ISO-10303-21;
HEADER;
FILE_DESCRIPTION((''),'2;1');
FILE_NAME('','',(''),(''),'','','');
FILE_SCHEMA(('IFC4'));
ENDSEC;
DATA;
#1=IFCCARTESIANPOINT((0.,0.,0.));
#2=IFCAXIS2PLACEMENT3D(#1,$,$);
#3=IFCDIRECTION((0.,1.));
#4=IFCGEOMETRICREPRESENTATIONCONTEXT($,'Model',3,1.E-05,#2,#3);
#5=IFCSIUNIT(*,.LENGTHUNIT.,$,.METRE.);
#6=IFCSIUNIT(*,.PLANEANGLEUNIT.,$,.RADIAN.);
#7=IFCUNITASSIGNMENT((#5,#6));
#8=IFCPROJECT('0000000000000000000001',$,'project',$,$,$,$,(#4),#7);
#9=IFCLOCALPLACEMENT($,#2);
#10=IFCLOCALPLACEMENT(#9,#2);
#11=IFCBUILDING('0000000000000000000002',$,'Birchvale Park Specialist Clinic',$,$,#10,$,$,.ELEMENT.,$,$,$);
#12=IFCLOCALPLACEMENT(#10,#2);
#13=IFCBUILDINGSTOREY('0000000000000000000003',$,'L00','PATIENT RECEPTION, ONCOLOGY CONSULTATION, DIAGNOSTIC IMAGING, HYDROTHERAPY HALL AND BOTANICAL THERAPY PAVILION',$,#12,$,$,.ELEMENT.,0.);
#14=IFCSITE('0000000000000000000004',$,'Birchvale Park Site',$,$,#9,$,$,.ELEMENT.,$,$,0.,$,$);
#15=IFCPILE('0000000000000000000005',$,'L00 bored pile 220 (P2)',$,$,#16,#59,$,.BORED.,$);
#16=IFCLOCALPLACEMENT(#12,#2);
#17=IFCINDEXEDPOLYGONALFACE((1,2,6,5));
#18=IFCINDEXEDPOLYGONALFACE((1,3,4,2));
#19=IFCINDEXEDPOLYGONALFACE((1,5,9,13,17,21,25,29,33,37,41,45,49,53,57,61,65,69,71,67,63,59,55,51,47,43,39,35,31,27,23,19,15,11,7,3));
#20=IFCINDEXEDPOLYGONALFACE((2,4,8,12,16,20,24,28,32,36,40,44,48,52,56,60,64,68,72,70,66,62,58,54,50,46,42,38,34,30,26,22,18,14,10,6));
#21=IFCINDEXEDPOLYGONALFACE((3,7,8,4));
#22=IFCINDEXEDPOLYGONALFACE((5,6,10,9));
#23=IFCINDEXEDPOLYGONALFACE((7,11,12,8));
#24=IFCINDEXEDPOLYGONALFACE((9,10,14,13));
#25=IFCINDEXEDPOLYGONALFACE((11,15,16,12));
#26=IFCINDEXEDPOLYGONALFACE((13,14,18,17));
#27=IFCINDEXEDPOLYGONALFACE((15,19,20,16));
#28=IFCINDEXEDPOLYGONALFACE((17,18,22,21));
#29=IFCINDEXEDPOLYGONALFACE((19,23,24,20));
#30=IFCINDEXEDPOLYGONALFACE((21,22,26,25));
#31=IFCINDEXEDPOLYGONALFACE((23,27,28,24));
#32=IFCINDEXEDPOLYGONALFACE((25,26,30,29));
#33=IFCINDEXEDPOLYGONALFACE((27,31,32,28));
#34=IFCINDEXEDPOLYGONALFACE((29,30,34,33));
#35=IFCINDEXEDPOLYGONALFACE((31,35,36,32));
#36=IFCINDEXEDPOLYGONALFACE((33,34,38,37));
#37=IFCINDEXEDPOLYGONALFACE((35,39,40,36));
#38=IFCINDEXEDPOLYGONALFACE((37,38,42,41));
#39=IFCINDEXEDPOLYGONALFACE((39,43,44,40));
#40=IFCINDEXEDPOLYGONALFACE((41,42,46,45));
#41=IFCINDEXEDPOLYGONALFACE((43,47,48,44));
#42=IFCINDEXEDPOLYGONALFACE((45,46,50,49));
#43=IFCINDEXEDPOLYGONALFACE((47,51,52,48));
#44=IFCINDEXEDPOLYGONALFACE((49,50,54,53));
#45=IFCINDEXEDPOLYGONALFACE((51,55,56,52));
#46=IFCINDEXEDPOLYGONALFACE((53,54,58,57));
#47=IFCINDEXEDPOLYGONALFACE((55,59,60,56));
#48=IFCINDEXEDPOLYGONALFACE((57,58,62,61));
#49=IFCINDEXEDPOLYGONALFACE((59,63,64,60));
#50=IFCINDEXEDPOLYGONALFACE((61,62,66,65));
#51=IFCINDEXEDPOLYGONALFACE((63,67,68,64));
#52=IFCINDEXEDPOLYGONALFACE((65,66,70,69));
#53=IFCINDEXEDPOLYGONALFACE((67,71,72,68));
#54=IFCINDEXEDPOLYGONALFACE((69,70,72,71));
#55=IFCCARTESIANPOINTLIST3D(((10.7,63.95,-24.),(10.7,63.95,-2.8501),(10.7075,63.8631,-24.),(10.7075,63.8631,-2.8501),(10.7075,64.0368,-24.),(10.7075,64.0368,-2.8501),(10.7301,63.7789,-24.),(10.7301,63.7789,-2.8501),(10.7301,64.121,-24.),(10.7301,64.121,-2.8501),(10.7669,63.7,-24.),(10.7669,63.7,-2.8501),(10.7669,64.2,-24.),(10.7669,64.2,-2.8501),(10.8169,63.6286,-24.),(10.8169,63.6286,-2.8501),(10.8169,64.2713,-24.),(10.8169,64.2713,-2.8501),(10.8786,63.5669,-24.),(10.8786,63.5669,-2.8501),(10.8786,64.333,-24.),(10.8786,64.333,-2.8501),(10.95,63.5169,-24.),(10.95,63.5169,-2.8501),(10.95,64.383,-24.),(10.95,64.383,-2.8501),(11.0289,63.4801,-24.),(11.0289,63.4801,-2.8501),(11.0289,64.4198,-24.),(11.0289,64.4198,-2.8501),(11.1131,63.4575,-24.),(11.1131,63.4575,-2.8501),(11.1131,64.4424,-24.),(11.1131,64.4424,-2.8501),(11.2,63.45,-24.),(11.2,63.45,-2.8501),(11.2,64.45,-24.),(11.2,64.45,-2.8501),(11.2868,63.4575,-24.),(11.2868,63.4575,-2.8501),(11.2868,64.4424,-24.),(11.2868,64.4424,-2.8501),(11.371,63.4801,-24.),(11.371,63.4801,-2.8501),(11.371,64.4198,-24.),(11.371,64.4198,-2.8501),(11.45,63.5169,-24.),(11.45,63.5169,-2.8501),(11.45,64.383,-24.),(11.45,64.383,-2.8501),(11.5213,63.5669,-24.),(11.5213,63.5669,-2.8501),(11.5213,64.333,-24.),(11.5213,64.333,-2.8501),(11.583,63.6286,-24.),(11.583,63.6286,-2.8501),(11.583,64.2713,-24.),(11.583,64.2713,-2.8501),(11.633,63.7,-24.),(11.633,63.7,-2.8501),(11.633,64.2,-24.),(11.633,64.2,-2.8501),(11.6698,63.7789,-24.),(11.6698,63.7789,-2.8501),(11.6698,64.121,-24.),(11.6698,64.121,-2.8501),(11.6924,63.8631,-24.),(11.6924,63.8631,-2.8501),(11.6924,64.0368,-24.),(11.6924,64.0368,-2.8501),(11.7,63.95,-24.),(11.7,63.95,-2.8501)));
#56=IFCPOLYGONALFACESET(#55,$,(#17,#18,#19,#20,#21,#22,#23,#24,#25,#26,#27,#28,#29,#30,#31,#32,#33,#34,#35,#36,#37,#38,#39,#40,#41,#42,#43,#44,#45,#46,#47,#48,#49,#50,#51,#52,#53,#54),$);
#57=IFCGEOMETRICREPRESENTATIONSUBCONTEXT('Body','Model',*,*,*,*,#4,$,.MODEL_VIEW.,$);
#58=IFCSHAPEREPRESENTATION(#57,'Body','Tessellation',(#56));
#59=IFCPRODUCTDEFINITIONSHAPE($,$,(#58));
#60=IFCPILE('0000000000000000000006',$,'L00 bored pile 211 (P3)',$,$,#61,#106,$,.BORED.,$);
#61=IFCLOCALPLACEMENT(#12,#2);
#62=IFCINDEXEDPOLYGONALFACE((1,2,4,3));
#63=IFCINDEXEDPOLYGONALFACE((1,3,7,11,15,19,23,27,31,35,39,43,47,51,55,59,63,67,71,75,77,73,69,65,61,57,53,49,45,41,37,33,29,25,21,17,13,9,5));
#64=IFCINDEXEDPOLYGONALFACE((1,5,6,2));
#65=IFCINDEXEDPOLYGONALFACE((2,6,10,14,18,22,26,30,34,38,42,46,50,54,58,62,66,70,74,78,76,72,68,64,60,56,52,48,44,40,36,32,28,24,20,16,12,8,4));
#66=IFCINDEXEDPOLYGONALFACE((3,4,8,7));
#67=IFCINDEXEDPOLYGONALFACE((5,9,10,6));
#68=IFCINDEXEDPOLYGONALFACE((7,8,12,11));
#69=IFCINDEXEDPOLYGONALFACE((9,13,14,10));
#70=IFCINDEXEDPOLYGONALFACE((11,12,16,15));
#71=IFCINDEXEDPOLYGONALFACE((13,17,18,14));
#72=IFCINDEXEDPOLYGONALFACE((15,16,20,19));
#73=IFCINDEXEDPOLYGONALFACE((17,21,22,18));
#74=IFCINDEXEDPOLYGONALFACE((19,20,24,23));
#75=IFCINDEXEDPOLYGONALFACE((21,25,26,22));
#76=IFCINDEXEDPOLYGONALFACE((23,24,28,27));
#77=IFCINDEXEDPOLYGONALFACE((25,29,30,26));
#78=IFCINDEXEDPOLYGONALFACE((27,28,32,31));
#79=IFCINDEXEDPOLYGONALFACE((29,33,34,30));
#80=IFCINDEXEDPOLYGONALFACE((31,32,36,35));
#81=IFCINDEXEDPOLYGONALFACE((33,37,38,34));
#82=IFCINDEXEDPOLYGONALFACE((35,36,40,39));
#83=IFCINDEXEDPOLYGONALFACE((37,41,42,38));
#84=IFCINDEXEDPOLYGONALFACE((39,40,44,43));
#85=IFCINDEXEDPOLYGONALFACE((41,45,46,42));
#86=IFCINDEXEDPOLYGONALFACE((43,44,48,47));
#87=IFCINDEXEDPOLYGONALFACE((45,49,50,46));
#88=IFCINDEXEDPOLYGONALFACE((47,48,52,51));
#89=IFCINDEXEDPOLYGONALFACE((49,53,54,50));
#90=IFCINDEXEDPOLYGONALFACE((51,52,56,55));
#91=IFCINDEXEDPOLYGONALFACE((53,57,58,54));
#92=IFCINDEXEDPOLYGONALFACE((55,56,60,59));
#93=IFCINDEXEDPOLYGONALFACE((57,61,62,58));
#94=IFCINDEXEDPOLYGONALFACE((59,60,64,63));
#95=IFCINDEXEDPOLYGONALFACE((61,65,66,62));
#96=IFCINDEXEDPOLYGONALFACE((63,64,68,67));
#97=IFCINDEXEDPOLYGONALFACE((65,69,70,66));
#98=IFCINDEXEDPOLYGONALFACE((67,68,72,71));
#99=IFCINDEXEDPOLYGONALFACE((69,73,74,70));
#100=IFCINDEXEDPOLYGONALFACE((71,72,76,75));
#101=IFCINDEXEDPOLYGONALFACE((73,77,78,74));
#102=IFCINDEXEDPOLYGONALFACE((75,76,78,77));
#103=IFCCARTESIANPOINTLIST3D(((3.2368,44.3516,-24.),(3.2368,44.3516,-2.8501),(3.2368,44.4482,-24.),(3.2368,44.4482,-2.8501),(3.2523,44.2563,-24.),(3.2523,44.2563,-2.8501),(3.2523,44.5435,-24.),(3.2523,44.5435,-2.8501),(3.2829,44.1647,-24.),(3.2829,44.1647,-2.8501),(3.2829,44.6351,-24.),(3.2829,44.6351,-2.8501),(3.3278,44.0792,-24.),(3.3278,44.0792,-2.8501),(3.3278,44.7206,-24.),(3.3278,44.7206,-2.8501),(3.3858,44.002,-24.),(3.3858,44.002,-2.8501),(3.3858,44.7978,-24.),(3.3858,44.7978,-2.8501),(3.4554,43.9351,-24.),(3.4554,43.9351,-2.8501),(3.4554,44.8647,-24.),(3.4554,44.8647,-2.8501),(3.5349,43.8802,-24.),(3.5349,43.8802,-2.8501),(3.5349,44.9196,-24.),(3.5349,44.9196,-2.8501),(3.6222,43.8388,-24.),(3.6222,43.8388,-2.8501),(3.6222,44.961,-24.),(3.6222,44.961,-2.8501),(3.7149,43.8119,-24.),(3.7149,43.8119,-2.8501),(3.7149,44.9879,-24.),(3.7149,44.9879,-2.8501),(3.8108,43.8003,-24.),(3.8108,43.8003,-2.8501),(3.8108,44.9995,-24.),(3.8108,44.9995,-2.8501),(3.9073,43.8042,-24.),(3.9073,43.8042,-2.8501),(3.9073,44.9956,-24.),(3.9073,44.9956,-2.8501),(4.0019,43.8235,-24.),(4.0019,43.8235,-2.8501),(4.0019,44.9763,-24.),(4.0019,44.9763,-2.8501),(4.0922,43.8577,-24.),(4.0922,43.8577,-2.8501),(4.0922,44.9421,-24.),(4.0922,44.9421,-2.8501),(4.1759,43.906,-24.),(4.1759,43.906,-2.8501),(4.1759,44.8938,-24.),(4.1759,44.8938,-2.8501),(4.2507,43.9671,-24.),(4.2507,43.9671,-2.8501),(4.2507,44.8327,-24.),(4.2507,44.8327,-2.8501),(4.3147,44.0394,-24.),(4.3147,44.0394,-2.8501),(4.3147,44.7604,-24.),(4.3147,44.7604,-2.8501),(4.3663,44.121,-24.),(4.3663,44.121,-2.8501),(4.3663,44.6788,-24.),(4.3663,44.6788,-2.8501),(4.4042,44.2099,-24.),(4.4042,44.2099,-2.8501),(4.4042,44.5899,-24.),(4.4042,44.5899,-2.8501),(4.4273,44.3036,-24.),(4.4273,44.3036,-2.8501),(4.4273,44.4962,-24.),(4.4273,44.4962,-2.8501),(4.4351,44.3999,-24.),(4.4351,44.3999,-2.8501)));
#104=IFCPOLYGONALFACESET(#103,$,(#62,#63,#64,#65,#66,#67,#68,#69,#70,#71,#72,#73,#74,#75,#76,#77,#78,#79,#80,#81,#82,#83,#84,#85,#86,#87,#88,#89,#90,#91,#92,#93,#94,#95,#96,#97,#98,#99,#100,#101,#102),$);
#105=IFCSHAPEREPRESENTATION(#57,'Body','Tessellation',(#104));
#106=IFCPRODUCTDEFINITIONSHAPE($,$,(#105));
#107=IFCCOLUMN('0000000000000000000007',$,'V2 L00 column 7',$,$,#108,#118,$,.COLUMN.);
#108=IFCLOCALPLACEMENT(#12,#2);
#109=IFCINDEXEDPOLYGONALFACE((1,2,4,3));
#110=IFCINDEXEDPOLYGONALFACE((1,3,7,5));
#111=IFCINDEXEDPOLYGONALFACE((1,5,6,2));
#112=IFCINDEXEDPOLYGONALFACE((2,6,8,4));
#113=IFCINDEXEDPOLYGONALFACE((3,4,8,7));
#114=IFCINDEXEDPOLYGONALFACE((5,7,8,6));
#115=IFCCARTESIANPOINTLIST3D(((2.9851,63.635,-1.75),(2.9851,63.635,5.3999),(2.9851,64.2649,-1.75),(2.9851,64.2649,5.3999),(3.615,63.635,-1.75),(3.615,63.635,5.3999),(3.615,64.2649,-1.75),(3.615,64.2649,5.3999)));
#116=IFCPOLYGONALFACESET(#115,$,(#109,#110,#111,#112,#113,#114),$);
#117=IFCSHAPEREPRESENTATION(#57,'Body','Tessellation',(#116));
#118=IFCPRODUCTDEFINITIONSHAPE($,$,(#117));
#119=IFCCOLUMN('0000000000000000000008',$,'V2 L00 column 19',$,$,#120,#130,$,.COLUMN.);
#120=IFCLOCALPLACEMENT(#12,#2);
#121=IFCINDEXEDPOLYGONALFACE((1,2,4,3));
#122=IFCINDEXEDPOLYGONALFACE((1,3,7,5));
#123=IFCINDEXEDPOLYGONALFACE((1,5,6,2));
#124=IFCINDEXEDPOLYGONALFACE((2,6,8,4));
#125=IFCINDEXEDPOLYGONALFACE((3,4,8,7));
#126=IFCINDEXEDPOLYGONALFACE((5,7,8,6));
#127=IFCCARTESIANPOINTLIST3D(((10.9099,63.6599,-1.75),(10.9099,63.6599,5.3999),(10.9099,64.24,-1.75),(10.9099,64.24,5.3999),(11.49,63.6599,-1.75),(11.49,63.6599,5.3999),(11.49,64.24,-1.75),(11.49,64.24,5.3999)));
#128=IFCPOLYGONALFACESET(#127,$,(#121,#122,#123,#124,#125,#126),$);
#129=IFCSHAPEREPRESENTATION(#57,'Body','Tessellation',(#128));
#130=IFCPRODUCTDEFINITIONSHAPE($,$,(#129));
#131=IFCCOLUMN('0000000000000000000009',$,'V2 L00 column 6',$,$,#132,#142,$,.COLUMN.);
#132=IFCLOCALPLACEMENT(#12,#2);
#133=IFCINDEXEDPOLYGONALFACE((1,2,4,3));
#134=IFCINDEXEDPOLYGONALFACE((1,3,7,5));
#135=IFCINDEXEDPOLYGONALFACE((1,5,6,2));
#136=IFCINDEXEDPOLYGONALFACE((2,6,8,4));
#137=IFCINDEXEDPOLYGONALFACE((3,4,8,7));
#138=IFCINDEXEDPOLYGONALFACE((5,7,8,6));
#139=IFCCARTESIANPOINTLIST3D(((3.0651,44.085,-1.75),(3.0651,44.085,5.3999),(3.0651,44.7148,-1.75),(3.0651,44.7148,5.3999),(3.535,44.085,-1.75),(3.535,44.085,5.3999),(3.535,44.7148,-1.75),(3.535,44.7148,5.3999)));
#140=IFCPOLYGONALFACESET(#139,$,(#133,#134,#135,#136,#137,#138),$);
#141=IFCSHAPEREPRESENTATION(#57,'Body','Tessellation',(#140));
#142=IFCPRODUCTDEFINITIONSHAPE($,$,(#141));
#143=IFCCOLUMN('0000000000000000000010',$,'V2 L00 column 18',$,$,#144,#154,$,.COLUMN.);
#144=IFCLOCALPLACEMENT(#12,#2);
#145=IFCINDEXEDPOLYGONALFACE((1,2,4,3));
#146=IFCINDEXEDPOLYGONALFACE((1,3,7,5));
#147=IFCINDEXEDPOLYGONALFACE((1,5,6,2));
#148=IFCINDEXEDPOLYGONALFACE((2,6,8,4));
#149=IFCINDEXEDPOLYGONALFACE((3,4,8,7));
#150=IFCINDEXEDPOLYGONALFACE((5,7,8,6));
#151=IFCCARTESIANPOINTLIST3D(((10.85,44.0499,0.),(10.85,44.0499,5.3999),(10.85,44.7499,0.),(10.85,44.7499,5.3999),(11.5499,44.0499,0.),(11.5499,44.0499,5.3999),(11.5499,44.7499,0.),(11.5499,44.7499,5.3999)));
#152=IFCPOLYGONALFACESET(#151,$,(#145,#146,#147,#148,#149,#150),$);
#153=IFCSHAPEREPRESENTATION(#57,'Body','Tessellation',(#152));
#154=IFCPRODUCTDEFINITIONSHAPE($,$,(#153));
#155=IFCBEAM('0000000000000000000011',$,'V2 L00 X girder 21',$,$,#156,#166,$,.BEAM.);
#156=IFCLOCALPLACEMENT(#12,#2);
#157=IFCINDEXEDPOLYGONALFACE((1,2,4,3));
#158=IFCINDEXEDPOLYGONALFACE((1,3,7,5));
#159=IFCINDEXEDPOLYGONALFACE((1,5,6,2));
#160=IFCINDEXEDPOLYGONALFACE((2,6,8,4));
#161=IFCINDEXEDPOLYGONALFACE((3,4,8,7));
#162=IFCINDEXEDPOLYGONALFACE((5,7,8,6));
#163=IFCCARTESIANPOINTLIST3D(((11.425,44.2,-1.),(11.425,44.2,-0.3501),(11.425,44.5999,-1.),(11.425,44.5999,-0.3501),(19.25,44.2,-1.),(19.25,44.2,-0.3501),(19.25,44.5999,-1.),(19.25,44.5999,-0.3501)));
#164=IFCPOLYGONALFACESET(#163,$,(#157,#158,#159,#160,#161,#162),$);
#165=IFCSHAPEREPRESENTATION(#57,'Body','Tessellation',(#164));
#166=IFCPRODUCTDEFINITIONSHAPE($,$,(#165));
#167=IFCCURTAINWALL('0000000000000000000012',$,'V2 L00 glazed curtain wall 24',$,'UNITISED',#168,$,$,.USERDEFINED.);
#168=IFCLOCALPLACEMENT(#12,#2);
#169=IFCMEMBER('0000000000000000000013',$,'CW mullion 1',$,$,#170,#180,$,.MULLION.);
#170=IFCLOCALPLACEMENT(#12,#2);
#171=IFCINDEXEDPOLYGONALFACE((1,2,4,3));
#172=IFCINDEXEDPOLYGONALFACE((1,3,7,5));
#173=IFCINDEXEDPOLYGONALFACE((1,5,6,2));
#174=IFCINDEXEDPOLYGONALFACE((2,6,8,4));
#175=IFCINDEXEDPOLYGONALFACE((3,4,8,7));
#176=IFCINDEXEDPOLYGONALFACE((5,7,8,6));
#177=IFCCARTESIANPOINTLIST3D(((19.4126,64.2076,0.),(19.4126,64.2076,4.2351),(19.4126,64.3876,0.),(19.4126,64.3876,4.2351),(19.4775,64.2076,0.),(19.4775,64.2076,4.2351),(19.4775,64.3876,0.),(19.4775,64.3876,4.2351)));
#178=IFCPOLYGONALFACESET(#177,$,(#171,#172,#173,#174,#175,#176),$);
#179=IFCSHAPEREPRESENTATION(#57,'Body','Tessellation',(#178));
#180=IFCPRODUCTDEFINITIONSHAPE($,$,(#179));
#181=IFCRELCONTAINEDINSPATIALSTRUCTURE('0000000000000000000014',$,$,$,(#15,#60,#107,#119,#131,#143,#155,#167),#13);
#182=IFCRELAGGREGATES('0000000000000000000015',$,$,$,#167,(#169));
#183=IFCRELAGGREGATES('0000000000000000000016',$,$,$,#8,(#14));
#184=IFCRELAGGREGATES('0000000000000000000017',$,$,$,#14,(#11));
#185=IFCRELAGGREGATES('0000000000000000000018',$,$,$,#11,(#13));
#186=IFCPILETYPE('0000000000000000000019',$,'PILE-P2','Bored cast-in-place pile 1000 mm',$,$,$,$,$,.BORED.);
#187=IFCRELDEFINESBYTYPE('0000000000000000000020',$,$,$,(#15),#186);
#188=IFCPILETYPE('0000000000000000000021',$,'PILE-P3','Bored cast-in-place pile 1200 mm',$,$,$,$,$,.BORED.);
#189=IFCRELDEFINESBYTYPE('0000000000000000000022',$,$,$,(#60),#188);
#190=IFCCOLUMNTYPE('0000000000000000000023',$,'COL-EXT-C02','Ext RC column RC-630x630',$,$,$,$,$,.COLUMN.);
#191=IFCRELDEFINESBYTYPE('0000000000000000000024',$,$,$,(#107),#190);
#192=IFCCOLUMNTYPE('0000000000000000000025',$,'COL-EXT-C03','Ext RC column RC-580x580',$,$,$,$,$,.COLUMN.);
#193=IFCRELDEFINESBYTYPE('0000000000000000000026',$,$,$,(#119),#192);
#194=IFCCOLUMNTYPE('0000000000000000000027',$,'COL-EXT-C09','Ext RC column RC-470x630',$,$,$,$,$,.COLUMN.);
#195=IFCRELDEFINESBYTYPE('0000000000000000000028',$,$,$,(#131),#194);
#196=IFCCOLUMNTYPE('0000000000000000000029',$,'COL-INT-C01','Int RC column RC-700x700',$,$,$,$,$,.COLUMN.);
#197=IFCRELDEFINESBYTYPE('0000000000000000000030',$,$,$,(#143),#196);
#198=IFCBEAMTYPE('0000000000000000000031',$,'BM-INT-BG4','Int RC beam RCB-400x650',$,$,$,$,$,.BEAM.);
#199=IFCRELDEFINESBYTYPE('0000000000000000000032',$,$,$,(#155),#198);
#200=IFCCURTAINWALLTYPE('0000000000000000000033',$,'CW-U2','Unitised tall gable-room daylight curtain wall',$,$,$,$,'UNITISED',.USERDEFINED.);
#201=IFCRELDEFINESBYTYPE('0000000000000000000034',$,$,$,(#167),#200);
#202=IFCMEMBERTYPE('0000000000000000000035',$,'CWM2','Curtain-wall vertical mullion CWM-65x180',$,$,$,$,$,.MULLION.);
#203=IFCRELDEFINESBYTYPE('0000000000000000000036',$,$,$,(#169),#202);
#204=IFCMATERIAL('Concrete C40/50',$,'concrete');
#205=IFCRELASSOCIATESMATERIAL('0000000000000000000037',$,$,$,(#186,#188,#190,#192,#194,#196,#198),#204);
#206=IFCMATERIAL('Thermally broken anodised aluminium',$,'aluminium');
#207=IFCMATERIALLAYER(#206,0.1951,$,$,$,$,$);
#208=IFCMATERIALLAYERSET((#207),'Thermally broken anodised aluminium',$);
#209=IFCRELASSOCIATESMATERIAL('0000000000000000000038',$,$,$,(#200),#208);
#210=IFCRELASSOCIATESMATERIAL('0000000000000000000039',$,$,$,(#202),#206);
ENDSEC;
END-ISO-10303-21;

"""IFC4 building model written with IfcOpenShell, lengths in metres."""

from ifc_helpers import new_model, si_unit, direction, frame, origin, origin_2d, place, context, subcontext, project, spatial, rectangle, circle, extrude, material, layer, layer_set, material_profile, profile_set, type_object, element, aggregate, save


model = new_model("IFC4")

# Units and contexts
model_context = context("Model", 3, precision=1e-05, world=origin(), true_north=direction((0.0, 1.0)))
body_context = subcontext(model_context, "Body", "Model", "MODEL_VIEW")
ifc_project = project(units=[si_unit("LENGTHUNIT", "METRE"), si_unit("PLANEANGLEUNIT", "RADIAN")], contexts=[model_context])

# Site, building, storey
site_placement = place(None, origin())
site = spatial("IfcSite", under=ifc_project, at=site_placement, Name="Birchvale Park Site", CompositionType="ELEMENT", RefElevation=0.0)
building_placement = place(site_placement, origin())
building = spatial("IfcBuilding", under=site, at=building_placement, Name="Birchvale Park Specialist Clinic", CompositionType="ELEMENT")
storey_placement = place(building_placement, origin())
storey = spatial("IfcBuildingStorey", under=building, at=storey_placement, Name="L00", Description="PATIENT RECEPTION, ONCOLOGY CONSULTATION, DIAGNOSTIC IMAGING, HYDROTHERAPY HALL AND BOTANICAL THERAPY PAVILION", CompositionType="ELEMENT", Elevation=0.0)

# Shared definitions
ifc_material_1 = material(Name="Concrete C40/50", Category="concrete")

# Piles
ifc_material_profile_1 = material_profile(ifc_material_1, circle(Radius=0.5, at=origin_2d()), Name="PILE-1000")
ifc_profile_set_1 = profile_set([ifc_material_profile_1], Name="Concrete C40/50")
pile_type_1 = type_object("IfcPileType", Name="PILE-P2", Description="Bored cast-in-place pile 1000 mm", PredefinedType="BORED", material=ifc_profile_set_1)
pile_1_placement = place(storey_placement, frame((11.2, 63.95, -2.8501), z_axis=(0.0, 0.0, -1.0), x_axis=(1.0, 0.0, 0.0)))
element("IfcPile", 1, at=pile_1_placement, inside=storey, type_object=pile_type_1, Name="L00 bored pile 220 (P2)", PredefinedType="BORED", context=body_context, shape_type="SweptSolid", body=[
    extrude(circle(Radius=0.5, at=origin_2d()), origin(), (0.0, 0.0, 1.0), 21.1499),
])
ifc_material_profile_2 = material_profile(ifc_material_1, circle(Radius=0.6001, at=origin_2d()), Name="PILE-1200")
ifc_profile_set_2 = profile_set([ifc_material_profile_2], Name="Concrete C40/50")
pile_type_2 = type_object("IfcPileType", Name="PILE-P3", Description="Bored cast-in-place pile 1200 mm", PredefinedType="BORED", material=ifc_profile_set_2)
pile_2_placement = place(storey_placement, frame((3.835, 44.3999, -2.8501), z_axis=(0.0, 0.0, -1.0), x_axis=(1.0, 0.0, 0.0)))
element("IfcPile", 2, at=pile_2_placement, inside=storey, type_object=pile_type_2, Name="L00 bored pile 211 (P3)", PredefinedType="BORED", context=body_context, shape_type="SweptSolid", body=[
    extrude(circle(Radius=0.6001, at=origin_2d()), origin(), (0.0, 0.0, 1.0), 21.1499),
])

# Columns
ifc_material_profile_3 = material_profile(ifc_material_1, rectangle(XDim=0.6299, YDim=0.6299, at=origin_2d()), Name="RC-630x630")
ifc_profile_set_3 = profile_set([ifc_material_profile_3], Name="Concrete C40/50")
column_type_1 = type_object("IfcColumnType", Name="COL-EXT-C02", Description="Ext RC column RC-630x630", PredefinedType="COLUMN", material=ifc_profile_set_3)
column_1_placement = place(storey_placement, frame((3.3, 63.95, -1.75), z_axis=(0.0, 0.0, 1.0), x_axis=(1.0, 0.0, 0.0)))
element("IfcColumn", 3, at=column_1_placement, inside=storey, type_object=column_type_1, Name="V2 L00 column 7", PredefinedType="COLUMN", context=body_context, shape_type="SweptSolid", body=[
    extrude(rectangle(XDim=0.6299, YDim=0.6299, at=origin_2d()), origin(), (0.0, 0.0, 1.0), 7.1499),
])
ifc_material_profile_4 = material_profile(ifc_material_1, rectangle(XDim=0.5801, YDim=0.5801, at=origin_2d()), Name="RC-580x580")
ifc_profile_set_4 = profile_set([ifc_material_profile_4], Name="Concrete C40/50")
column_type_2 = type_object("IfcColumnType", Name="COL-EXT-C03", Description="Ext RC column RC-580x580", PredefinedType="COLUMN", material=ifc_profile_set_4)
column_2_placement = place(storey_placement, frame((11.2, 63.95, -1.75), z_axis=(0.0, 0.0, 1.0), x_axis=(1.0, 0.0, 0.0)))
element("IfcColumn", 4, at=column_2_placement, inside=storey, type_object=column_type_2, Name="V2 L00 column 19", PredefinedType="COLUMN", context=body_context, shape_type="SweptSolid", body=[
    extrude(rectangle(XDim=0.5801, YDim=0.5801, at=origin_2d()), origin(), (0.0, 0.0, 1.0), 7.1499),
])
ifc_material_profile_5 = material_profile(ifc_material_1, rectangle(XDim=0.47, YDim=0.6299, at=origin_2d()), Name="RC-470x630")
ifc_profile_set_5 = profile_set([ifc_material_profile_5], Name="Concrete C40/50")
column_type_3 = type_object("IfcColumnType", Name="COL-EXT-C09", Description="Ext RC column RC-470x630", PredefinedType="COLUMN", material=ifc_profile_set_5)
column_3_placement = place(storey_placement, frame((3.3, 44.3999, -1.75), z_axis=(0.0, 0.0, 1.0), x_axis=(1.0, 0.0, 0.0)))
element("IfcColumn", 5, at=column_3_placement, inside=storey, type_object=column_type_3, Name="V2 L00 column 6", PredefinedType="COLUMN", context=body_context, shape_type="SweptSolid", body=[
    extrude(rectangle(XDim=0.47, YDim=0.6299, at=origin_2d()), origin(), (0.0, 0.0, 1.0), 7.1499),
])
ifc_material_profile_6 = material_profile(ifc_material_1, rectangle(XDim=0.7, YDim=0.7, at=origin_2d()), Name="RC-700x700")
ifc_profile_set_6 = profile_set([ifc_material_profile_6], Name="Concrete C40/50")
column_type_4 = type_object("IfcColumnType", Name="COL-INT-C01", Description="Int RC column RC-700x700", PredefinedType="COLUMN", material=ifc_profile_set_6)
column_4_placement = place(storey_placement, frame((11.2, 44.3999, 0.0), z_axis=(0.0, 0.0, 1.0), x_axis=(1.0, 0.0, 0.0)))
element("IfcColumn", 6, at=column_4_placement, inside=storey, type_object=column_type_4, Name="V2 L00 column 18", PredefinedType="COLUMN", context=body_context, shape_type="SweptSolid", body=[
    extrude(rectangle(XDim=0.7, YDim=0.7, at=origin_2d()), origin(), (0.0, 0.0, 1.0), 5.3999),
])

# Beam
ifc_material_profile_7 = material_profile(ifc_material_1, rectangle(XDim=0.3999, YDim=0.6499, at=origin_2d()), Name="RCB-400x650")
ifc_profile_set_7 = profile_set([ifc_material_profile_7], Name="Concrete C40/50")
beam_type = type_object("IfcBeamType", Name="BM-INT-BG4", Description="Int RC beam RCB-400x650", PredefinedType="BEAM", material=ifc_profile_set_7)
beam_placement = place(storey_placement, frame((11.425, 44.3999, -0.675), z_axis=(1.0, 0.0, 0.0), x_axis=(0.0, 1.0, 0.0)))
element("IfcBeam", 7, at=beam_placement, inside=storey, type_object=beam_type, Name="V2 L00 X girder 21", PredefinedType="BEAM", context=body_context, shape_type="SweptSolid", body=[
    extrude(rectangle(XDim=0.3999, YDim=0.6499, at=origin_2d()), origin(), (0.0, 0.0, 1.0), 7.825),
])

# Curtain wall, member
ifc_material_2 = material(Name="Thermally broken anodised aluminium", Category="aluminium")
ifc_layer_1 = layer(ifc_material_2, 0.1951)
ifc_layer_set_1 = layer_set([ifc_layer_1], Name="Thermally broken anodised aluminium")
curtain_wall_type = type_object("IfcCurtainWallType", Name="CW-U2", Description="Unitised tall gable-room daylight curtain wall", ElementType="UNITISED", PredefinedType="USERDEFINED", material=ifc_layer_set_1)
curtain_wall_1_placement = place(storey_placement, origin())
curtain_wall_1 = element("IfcCurtainWall", 8, at=curtain_wall_1_placement, inside=storey, type_object=curtain_wall_type, Name="V2 L00 glazed curtain wall 24", ObjectType="UNITISED", PredefinedType="USERDEFINED")
ifc_material_profile_8 = material_profile(ifc_material_2, rectangle(XDim=0.0649, YDim=0.1799, at=origin_2d()), Name="CWM-65x180")
ifc_profile_set_8 = profile_set([ifc_material_profile_8], Name="Thermally broken anodised aluminium")
member_type_1 = type_object("IfcMemberType", Name="CWM2", Description="Curtain-wall vertical mullion CWM-65x180", PredefinedType="MULLION", material=ifc_profile_set_8)
member_1_placement = place(storey_placement, frame((19.4451, 64.2976, 0.0), z_axis=(0.0, 0.0, 1.0), x_axis=(-1.0, 0.0, 0.0)))
member_1 = element("IfcMember", 9, at=member_1_placement, type_object=member_type_1, Name="CW mullion 1", PredefinedType="MULLION", context=body_context, shape_type="SweptSolid", body=[
    extrude(rectangle(XDim=0.0649, YDim=0.1799, at=origin_2d()), origin(), (0.0, 0.0, 1.0), 4.2351),
])

aggregate(curtain_wall_1, [member_1])

save(model, "model.ifc")
